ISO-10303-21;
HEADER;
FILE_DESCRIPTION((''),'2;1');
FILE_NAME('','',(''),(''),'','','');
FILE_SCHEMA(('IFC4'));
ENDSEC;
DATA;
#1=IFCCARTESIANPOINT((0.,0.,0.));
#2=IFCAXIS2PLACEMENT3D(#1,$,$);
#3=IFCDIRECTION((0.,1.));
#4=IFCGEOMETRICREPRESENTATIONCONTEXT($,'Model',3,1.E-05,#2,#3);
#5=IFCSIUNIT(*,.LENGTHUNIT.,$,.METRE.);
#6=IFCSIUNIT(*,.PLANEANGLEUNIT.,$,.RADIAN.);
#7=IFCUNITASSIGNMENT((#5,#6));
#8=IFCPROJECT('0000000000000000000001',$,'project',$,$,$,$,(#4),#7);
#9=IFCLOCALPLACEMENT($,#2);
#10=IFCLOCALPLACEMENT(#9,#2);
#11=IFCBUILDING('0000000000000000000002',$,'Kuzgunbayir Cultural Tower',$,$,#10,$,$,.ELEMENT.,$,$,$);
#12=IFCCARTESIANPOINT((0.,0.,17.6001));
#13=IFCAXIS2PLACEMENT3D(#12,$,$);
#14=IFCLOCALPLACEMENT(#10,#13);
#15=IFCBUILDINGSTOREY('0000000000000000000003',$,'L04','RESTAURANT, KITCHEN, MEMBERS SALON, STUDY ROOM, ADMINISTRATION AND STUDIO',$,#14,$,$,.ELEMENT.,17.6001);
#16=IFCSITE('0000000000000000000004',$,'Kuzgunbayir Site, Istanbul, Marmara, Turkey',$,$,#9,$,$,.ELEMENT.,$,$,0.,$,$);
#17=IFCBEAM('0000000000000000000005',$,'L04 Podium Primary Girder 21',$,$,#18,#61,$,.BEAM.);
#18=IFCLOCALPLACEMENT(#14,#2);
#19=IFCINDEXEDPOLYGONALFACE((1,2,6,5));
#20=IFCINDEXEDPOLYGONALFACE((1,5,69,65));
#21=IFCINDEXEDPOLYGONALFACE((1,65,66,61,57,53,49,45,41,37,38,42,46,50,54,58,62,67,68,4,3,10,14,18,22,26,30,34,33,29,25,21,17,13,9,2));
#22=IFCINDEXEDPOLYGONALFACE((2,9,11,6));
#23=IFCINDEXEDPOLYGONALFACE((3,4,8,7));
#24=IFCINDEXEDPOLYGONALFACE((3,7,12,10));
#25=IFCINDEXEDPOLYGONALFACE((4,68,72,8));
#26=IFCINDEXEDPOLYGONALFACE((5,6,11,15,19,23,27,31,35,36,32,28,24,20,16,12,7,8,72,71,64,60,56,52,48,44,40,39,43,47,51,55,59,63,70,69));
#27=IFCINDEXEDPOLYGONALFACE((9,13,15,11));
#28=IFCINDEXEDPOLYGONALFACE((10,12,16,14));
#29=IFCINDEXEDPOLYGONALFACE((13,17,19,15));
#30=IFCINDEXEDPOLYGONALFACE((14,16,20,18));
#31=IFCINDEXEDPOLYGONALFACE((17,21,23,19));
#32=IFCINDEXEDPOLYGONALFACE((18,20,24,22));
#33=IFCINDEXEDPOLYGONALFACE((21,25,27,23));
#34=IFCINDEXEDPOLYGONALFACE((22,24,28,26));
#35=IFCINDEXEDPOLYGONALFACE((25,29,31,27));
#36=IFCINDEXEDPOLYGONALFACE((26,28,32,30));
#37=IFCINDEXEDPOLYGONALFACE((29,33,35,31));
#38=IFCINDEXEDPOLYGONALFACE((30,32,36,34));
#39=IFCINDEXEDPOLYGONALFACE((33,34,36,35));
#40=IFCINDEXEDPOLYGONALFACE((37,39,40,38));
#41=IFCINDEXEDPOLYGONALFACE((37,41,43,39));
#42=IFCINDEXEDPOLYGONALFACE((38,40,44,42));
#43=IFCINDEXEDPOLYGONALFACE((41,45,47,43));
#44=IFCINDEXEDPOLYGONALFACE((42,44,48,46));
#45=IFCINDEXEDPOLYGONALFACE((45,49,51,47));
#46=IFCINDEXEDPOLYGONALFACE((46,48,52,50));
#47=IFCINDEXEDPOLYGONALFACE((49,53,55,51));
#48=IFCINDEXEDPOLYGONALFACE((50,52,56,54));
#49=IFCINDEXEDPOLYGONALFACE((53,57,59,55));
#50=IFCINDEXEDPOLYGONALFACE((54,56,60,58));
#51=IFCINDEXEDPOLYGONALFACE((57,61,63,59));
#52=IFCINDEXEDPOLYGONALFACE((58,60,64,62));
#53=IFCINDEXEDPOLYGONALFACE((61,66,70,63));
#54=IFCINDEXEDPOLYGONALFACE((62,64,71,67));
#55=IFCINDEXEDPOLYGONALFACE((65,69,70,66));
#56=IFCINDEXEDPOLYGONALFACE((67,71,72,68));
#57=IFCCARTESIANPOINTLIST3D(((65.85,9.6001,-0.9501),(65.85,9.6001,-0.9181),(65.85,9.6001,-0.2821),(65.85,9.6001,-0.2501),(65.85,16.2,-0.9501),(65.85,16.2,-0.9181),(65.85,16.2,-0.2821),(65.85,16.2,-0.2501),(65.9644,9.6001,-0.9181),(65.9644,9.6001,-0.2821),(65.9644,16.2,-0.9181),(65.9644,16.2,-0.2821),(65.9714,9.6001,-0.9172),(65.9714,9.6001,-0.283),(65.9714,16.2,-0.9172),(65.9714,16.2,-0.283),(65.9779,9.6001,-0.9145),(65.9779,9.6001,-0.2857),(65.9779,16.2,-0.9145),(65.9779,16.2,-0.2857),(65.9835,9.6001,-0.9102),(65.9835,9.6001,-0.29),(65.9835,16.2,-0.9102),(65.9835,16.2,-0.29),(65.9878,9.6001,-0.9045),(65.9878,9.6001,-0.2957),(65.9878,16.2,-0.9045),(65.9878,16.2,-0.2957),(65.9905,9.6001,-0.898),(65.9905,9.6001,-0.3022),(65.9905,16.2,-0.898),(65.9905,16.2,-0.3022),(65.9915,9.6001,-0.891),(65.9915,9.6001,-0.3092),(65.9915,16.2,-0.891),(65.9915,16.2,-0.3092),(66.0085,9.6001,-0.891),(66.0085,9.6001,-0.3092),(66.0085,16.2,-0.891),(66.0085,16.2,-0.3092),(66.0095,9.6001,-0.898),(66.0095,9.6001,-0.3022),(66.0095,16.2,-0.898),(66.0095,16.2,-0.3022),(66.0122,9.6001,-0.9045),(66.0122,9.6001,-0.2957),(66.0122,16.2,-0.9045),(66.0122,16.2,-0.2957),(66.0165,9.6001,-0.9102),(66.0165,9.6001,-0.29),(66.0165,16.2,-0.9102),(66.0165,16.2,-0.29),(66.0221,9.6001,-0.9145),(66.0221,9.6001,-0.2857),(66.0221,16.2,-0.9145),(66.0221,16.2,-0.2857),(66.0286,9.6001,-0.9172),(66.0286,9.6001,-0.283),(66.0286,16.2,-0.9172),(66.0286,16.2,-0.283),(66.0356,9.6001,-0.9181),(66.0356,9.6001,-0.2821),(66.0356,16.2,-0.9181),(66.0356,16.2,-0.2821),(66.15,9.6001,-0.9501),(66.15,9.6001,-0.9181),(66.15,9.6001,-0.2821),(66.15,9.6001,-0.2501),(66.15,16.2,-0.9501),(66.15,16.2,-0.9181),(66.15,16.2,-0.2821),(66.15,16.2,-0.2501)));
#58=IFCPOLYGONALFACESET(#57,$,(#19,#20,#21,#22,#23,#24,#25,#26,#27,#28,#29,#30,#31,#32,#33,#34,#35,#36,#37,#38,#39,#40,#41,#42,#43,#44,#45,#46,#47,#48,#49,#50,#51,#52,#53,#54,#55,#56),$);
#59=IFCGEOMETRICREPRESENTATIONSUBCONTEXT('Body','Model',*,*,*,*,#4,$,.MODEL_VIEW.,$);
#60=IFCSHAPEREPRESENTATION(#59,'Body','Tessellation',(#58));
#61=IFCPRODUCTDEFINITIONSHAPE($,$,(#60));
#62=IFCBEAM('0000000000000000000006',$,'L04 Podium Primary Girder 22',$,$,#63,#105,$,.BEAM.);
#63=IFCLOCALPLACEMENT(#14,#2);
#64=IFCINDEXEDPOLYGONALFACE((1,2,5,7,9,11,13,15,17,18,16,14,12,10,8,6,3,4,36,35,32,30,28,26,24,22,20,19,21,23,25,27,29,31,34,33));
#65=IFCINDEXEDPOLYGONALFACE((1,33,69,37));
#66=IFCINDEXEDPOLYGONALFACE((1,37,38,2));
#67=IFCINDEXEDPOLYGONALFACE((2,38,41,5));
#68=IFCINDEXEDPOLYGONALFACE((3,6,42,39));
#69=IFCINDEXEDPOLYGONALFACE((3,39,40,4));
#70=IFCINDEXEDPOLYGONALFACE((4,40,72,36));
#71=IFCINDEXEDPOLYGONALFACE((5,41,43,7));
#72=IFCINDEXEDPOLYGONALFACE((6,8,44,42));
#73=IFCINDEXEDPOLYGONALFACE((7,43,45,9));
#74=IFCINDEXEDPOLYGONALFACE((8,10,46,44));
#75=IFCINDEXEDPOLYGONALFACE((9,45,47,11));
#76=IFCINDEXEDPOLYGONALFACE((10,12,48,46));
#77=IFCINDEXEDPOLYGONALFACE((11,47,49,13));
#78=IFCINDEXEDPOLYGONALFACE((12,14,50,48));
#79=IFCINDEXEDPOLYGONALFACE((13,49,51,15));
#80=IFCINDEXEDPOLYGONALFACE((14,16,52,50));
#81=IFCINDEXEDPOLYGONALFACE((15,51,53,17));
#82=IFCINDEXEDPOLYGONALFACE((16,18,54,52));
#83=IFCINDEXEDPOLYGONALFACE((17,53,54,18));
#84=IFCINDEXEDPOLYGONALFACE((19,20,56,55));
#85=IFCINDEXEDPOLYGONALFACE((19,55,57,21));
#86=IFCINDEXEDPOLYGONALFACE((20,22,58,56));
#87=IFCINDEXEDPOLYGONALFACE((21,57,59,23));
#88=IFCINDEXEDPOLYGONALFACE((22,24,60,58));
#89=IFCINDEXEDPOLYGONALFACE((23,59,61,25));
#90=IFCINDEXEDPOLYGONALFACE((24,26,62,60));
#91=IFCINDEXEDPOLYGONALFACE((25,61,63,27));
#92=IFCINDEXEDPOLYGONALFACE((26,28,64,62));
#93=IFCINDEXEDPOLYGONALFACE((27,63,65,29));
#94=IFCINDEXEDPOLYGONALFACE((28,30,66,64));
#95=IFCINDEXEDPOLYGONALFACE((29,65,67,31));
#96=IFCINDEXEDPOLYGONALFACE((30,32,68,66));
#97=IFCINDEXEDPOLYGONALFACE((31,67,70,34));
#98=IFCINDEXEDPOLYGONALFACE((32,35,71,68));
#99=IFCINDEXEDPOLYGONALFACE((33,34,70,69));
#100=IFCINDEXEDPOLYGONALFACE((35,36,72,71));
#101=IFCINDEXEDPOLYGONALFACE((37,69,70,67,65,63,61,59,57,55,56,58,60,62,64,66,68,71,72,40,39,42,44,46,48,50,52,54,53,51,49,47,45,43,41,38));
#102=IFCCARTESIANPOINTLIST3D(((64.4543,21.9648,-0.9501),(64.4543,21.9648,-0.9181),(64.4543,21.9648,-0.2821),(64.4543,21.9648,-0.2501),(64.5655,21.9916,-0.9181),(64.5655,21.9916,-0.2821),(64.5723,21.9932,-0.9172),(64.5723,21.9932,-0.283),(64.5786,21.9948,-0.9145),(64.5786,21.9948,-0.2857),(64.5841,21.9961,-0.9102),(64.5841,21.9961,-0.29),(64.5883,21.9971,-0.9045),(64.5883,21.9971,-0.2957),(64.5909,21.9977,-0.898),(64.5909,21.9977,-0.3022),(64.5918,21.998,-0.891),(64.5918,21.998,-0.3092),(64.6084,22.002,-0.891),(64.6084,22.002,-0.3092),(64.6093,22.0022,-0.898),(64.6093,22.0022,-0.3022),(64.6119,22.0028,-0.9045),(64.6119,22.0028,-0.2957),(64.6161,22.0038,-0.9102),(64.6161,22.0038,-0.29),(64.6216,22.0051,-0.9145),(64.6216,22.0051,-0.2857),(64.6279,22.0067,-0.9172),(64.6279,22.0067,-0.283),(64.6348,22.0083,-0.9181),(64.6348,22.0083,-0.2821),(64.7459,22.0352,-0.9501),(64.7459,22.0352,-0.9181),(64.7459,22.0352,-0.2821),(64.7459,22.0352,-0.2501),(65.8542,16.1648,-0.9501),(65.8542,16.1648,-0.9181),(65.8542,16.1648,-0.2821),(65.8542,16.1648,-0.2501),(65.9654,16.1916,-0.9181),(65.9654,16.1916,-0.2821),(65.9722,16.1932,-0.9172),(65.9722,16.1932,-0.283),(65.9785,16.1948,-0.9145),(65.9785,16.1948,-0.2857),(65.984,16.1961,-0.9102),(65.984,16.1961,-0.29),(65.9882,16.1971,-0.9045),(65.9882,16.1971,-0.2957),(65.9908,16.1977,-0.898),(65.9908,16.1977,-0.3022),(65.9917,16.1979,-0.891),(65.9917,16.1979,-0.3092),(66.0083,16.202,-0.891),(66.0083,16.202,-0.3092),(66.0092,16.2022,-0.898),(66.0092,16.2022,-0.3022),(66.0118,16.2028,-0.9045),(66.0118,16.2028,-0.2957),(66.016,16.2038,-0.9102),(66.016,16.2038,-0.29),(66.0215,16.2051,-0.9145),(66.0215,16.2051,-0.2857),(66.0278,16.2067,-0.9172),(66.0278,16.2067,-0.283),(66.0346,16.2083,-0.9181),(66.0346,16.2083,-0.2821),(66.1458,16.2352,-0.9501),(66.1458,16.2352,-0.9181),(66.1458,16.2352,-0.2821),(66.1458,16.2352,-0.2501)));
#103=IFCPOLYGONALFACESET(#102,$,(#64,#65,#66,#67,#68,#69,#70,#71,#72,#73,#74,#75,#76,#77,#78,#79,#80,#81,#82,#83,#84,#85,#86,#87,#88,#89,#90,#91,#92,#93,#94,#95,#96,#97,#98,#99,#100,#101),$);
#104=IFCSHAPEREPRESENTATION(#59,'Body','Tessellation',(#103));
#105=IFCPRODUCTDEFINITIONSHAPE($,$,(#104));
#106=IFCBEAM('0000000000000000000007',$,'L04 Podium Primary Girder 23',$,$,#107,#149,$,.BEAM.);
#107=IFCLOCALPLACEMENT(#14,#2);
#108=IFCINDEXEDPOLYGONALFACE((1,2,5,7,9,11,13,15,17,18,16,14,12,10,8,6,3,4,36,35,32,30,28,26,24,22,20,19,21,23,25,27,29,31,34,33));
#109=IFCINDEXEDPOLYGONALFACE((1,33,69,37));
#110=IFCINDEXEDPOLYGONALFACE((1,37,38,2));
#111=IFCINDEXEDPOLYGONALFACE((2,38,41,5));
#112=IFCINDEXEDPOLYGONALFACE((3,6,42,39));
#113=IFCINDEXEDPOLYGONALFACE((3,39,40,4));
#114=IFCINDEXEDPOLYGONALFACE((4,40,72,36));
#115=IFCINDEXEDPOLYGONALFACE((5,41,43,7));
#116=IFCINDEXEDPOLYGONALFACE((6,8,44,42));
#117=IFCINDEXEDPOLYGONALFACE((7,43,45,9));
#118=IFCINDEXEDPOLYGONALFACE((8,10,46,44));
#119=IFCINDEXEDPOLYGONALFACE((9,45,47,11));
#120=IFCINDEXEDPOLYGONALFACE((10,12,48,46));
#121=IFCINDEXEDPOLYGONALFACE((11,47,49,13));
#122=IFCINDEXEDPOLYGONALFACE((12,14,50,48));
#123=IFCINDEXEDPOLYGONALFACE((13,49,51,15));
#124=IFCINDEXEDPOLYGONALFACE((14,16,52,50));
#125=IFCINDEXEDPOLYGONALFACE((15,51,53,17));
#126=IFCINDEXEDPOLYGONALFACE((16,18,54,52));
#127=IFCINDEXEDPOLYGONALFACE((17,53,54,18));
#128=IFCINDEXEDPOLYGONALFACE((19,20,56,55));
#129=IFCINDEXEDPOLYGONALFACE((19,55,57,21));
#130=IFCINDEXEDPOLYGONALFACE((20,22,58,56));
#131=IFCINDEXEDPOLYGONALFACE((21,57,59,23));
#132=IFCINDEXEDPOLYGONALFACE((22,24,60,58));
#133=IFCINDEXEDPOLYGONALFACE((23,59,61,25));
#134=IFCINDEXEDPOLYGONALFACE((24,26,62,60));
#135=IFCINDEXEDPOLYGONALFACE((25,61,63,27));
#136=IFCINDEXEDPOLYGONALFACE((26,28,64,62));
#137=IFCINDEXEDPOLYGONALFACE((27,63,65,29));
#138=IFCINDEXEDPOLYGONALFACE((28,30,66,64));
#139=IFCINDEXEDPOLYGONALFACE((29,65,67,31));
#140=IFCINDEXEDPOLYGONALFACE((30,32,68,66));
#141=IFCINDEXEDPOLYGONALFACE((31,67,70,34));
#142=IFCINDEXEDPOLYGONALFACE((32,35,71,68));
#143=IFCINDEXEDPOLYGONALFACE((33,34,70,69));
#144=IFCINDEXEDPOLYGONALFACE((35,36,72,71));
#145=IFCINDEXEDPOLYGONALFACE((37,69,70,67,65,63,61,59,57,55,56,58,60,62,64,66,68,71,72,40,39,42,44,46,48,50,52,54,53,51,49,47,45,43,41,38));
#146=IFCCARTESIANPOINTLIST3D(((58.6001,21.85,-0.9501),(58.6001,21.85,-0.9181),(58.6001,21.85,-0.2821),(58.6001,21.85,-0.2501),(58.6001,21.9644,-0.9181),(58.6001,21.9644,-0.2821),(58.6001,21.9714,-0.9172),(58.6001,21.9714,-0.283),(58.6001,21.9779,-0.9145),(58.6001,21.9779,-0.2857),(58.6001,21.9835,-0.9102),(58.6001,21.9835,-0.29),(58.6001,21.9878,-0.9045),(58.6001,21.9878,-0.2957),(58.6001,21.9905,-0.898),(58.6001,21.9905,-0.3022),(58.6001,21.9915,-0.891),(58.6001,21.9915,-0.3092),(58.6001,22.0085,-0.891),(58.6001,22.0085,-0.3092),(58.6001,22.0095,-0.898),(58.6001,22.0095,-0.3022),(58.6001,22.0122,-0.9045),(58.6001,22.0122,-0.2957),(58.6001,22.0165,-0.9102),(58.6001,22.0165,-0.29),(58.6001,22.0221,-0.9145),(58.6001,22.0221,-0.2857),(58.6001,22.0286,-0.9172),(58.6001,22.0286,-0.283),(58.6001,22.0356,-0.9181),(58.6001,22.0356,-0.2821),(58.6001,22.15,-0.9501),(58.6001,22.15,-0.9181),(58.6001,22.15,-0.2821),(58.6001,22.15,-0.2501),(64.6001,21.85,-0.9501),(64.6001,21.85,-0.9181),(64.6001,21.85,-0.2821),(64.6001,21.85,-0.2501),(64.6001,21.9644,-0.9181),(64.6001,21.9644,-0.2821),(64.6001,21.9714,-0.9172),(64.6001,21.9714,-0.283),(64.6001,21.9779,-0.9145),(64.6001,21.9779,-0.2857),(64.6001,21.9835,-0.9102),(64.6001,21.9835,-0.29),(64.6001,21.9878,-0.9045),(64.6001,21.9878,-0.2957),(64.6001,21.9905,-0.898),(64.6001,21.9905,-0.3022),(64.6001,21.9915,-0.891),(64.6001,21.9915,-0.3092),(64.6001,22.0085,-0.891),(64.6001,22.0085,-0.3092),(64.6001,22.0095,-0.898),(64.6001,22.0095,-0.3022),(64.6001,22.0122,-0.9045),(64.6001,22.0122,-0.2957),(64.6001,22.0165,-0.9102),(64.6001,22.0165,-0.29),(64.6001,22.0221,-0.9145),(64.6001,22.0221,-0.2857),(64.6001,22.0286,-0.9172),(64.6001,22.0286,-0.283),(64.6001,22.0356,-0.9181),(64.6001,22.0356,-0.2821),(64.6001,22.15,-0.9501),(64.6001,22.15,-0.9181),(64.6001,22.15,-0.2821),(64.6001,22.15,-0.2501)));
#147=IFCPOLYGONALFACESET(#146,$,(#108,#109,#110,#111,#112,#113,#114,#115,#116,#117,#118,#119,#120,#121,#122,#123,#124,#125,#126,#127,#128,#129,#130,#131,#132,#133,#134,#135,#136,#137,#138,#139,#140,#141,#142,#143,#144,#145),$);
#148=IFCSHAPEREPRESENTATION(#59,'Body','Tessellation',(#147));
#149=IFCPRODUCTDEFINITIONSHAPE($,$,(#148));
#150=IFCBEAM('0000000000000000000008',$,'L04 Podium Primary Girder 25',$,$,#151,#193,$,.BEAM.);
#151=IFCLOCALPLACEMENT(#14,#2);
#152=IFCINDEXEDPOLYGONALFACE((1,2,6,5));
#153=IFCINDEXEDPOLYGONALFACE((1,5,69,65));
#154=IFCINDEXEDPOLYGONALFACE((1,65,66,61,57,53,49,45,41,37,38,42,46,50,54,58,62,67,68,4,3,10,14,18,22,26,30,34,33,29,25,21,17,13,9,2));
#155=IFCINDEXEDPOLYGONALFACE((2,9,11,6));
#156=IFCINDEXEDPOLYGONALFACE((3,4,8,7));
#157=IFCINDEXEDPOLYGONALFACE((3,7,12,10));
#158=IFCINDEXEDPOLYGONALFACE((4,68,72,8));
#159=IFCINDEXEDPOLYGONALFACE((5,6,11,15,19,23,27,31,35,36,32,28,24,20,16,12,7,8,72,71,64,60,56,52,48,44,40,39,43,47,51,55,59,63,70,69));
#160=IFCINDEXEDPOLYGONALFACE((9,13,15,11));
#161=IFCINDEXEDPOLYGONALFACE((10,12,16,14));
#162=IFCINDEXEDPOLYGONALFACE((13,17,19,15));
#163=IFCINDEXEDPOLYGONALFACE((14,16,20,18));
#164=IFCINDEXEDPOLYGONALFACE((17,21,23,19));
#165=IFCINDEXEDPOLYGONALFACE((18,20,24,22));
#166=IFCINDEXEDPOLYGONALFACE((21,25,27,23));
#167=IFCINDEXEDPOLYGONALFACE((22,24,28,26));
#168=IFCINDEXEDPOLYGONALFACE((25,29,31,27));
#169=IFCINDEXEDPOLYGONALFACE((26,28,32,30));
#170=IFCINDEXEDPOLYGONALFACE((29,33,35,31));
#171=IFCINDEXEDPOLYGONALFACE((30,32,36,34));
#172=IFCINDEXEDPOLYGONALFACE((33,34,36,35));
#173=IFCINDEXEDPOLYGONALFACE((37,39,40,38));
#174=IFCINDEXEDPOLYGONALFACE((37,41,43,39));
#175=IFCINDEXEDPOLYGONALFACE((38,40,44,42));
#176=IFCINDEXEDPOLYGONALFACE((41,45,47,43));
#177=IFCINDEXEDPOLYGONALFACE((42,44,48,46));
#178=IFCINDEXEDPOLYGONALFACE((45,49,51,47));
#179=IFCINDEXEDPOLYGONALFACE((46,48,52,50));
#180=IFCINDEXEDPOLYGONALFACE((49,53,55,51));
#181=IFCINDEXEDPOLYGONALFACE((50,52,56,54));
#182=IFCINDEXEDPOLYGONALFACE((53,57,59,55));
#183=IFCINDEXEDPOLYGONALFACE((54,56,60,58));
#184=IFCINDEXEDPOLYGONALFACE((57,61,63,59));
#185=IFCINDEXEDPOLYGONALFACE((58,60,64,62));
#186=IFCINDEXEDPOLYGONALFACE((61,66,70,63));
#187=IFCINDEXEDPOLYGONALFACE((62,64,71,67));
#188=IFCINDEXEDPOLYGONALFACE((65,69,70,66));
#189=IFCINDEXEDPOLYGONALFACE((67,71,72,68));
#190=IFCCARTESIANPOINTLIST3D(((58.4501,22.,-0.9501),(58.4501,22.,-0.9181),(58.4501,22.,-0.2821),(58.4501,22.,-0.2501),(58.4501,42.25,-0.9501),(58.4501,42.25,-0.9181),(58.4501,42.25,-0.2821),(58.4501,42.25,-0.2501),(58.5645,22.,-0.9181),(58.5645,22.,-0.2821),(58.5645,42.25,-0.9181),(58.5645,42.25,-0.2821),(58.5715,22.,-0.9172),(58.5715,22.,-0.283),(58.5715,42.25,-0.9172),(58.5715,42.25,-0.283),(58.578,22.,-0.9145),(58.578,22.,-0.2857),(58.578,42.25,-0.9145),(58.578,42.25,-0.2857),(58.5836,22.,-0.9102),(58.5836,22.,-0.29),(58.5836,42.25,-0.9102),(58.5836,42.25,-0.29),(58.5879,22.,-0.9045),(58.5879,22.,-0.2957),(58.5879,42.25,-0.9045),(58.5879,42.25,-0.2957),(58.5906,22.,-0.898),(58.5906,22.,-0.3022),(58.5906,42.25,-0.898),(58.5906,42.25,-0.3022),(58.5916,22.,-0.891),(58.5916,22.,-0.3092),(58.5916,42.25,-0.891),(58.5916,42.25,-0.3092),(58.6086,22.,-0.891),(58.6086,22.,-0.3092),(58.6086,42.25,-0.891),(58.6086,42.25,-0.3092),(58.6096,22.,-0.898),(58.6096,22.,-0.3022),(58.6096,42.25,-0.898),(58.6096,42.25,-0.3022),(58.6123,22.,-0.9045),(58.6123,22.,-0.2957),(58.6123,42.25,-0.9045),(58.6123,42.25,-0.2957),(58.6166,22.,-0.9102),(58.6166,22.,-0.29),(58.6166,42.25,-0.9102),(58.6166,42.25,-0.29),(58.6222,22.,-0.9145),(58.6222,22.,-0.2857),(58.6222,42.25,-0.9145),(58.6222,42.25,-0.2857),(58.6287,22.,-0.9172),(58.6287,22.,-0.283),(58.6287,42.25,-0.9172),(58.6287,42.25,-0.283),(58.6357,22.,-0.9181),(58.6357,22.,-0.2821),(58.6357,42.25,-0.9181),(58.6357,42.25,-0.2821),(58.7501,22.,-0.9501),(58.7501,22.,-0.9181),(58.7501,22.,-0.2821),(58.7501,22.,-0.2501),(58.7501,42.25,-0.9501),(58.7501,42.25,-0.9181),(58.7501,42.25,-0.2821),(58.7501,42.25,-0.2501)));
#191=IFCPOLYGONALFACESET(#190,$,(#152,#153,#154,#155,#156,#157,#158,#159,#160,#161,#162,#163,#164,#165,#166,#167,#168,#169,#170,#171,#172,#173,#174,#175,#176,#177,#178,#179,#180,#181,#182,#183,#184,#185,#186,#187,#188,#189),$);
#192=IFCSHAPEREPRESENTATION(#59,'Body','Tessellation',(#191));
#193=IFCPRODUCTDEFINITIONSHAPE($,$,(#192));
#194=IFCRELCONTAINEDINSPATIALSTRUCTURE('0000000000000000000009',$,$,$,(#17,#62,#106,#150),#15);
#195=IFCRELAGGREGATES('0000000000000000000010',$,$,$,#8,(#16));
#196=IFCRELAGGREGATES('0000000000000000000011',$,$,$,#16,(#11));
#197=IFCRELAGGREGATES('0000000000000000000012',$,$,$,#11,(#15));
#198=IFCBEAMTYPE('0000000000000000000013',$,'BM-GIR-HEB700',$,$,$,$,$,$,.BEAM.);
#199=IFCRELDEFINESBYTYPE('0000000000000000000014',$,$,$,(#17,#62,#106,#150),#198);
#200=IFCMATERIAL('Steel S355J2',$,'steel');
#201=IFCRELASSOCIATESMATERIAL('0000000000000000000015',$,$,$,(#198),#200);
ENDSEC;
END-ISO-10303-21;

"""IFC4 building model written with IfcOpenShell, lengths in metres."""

from ifc_helpers import new_model, si_unit, direction, frame, origin, origin_2d, place, context, subcontext, project, spatial, i_section, extrude, material, material_profile, profile_set, type_object, element, save


model = new_model("IFC4")

# Units and contexts
model_context = context("Model", 3, precision=1e-05, world=origin(), true_north=direction((0.0, 1.0)))
body_context = subcontext(model_context, "Body", "Model", "MODEL_VIEW")
ifc_project = project(units=[si_unit("LENGTHUNIT", "METRE"), si_unit("PLANEANGLEUNIT", "RADIAN")], contexts=[model_context])

# Site, building, storey
site_placement = place(None, origin())
site = spatial("IfcSite", under=ifc_project, at=site_placement, Name="Kuzgunbayir Site, Istanbul, Marmara, Turkey", CompositionType="ELEMENT", RefElevation=0.0)
building_placement = place(site_placement, origin())
building = spatial("IfcBuilding", under=site, at=building_placement, Name="Kuzgunbayir Cultural Tower", CompositionType="ELEMENT")
storey_placement = place(building_placement, frame((0.0, 0.0, 17.6001)))
storey = spatial("IfcBuildingStorey", under=building, at=storey_placement, Name="L04", Description="RESTAURANT, KITCHEN, MEMBERS SALON, STUDY ROOM, ADMINISTRATION AND STUDIO", CompositionType="ELEMENT", Elevation=17.6001)

# Beams
ifc_material_1 = material(Name="Steel S355J2", Category="steel")
ifc_material_profile_1 = material_profile(ifc_material_1, i_section(OverallWidth=0.3, OverallDepth=0.7, WebThickness=0.0171, FlangeThickness=0.032, FilletRadius=0.0271, at=origin_2d()), Name="HEB 700")
ifc_profile_set_1 = profile_set([ifc_material_profile_1], Name="Steel S355J2")
beam_type = type_object("IfcBeamType", Name="BM-GIR-HEB700", PredefinedType="BEAM", material=ifc_profile_set_1)
beam_1_placement = place(storey_placement, frame((66.0, 9.6001, -0.6001), z_axis=(0.0, 1.0, 0.0), x_axis=(-1.0, 0.0, 0.0)))
element("IfcBeam", 1, at=beam_1_placement, inside=storey, type_object=beam_type, Name="L04 Podium Primary Girder 21", PredefinedType="BEAM", context=body_context, shape_type="SweptSolid", body=[
    extrude(i_section(OverallWidth=0.3, OverallDepth=0.7, WebThickness=0.0171, FlangeThickness=0.032, FilletRadius=0.0271, at=origin_2d()), origin(), (0.0, 0.0, 1.0), 6.5999),
])
beam_2_placement = place(storey_placement, frame((66.0, 16.2, -0.6001), z_axis=(-0.234623, 0.972086, 0.0), x_axis=(-0.972086, -0.234623, 0.0)))
element("IfcBeam", 2, at=beam_2_placement, inside=storey, type_object=beam_type, Name="L04 Podium Primary Girder 22", PredefinedType="BEAM", context=body_context, shape_type="SweptSolid", body=[
    extrude(i_section(OverallWidth=0.3, OverallDepth=0.7, WebThickness=0.0171, FlangeThickness=0.032, FilletRadius=0.0271, at=origin_2d()), origin(), (0.0, 0.0, 1.0), 5.9666),
])
beam_3_placement = place(storey_placement, frame((58.6001, 22.0, -0.6001), z_axis=(1.0, 0.0, 0.0), x_axis=(0.0, 1.0, 0.0)))
element("IfcBeam", 3, at=beam_3_placement, inside=storey, type_object=beam_type, Name="L04 Podium Primary Girder 23", PredefinedType="BEAM", context=body_context, shape_type="SweptSolid", body=[
    extrude(i_section(OverallWidth=0.3, OverallDepth=0.7, WebThickness=0.0171, FlangeThickness=0.032, FilletRadius=0.0271, at=origin_2d()), origin(), (0.0, 0.0, 1.0), 6.0),
])
beam_4_placement = place(storey_placement, frame((58.6001, 22.0, -0.6001), z_axis=(0.0, 1.0, 0.0), x_axis=(-1.0, 0.0, 0.0)))
element("IfcBeam", 4, at=beam_4_placement, inside=storey, type_object=beam_type, Name="L04 Podium Primary Girder 25", PredefinedType="BEAM", context=body_context, shape_type="SweptSolid", body=[
    extrude(i_section(OverallWidth=0.3, OverallDepth=0.7, WebThickness=0.0171, FlangeThickness=0.032, FilletRadius=0.0271, at=origin_2d()), origin(), (0.0, 0.0, 1.0), 20.25),
])

save(model, "model.ifc")
